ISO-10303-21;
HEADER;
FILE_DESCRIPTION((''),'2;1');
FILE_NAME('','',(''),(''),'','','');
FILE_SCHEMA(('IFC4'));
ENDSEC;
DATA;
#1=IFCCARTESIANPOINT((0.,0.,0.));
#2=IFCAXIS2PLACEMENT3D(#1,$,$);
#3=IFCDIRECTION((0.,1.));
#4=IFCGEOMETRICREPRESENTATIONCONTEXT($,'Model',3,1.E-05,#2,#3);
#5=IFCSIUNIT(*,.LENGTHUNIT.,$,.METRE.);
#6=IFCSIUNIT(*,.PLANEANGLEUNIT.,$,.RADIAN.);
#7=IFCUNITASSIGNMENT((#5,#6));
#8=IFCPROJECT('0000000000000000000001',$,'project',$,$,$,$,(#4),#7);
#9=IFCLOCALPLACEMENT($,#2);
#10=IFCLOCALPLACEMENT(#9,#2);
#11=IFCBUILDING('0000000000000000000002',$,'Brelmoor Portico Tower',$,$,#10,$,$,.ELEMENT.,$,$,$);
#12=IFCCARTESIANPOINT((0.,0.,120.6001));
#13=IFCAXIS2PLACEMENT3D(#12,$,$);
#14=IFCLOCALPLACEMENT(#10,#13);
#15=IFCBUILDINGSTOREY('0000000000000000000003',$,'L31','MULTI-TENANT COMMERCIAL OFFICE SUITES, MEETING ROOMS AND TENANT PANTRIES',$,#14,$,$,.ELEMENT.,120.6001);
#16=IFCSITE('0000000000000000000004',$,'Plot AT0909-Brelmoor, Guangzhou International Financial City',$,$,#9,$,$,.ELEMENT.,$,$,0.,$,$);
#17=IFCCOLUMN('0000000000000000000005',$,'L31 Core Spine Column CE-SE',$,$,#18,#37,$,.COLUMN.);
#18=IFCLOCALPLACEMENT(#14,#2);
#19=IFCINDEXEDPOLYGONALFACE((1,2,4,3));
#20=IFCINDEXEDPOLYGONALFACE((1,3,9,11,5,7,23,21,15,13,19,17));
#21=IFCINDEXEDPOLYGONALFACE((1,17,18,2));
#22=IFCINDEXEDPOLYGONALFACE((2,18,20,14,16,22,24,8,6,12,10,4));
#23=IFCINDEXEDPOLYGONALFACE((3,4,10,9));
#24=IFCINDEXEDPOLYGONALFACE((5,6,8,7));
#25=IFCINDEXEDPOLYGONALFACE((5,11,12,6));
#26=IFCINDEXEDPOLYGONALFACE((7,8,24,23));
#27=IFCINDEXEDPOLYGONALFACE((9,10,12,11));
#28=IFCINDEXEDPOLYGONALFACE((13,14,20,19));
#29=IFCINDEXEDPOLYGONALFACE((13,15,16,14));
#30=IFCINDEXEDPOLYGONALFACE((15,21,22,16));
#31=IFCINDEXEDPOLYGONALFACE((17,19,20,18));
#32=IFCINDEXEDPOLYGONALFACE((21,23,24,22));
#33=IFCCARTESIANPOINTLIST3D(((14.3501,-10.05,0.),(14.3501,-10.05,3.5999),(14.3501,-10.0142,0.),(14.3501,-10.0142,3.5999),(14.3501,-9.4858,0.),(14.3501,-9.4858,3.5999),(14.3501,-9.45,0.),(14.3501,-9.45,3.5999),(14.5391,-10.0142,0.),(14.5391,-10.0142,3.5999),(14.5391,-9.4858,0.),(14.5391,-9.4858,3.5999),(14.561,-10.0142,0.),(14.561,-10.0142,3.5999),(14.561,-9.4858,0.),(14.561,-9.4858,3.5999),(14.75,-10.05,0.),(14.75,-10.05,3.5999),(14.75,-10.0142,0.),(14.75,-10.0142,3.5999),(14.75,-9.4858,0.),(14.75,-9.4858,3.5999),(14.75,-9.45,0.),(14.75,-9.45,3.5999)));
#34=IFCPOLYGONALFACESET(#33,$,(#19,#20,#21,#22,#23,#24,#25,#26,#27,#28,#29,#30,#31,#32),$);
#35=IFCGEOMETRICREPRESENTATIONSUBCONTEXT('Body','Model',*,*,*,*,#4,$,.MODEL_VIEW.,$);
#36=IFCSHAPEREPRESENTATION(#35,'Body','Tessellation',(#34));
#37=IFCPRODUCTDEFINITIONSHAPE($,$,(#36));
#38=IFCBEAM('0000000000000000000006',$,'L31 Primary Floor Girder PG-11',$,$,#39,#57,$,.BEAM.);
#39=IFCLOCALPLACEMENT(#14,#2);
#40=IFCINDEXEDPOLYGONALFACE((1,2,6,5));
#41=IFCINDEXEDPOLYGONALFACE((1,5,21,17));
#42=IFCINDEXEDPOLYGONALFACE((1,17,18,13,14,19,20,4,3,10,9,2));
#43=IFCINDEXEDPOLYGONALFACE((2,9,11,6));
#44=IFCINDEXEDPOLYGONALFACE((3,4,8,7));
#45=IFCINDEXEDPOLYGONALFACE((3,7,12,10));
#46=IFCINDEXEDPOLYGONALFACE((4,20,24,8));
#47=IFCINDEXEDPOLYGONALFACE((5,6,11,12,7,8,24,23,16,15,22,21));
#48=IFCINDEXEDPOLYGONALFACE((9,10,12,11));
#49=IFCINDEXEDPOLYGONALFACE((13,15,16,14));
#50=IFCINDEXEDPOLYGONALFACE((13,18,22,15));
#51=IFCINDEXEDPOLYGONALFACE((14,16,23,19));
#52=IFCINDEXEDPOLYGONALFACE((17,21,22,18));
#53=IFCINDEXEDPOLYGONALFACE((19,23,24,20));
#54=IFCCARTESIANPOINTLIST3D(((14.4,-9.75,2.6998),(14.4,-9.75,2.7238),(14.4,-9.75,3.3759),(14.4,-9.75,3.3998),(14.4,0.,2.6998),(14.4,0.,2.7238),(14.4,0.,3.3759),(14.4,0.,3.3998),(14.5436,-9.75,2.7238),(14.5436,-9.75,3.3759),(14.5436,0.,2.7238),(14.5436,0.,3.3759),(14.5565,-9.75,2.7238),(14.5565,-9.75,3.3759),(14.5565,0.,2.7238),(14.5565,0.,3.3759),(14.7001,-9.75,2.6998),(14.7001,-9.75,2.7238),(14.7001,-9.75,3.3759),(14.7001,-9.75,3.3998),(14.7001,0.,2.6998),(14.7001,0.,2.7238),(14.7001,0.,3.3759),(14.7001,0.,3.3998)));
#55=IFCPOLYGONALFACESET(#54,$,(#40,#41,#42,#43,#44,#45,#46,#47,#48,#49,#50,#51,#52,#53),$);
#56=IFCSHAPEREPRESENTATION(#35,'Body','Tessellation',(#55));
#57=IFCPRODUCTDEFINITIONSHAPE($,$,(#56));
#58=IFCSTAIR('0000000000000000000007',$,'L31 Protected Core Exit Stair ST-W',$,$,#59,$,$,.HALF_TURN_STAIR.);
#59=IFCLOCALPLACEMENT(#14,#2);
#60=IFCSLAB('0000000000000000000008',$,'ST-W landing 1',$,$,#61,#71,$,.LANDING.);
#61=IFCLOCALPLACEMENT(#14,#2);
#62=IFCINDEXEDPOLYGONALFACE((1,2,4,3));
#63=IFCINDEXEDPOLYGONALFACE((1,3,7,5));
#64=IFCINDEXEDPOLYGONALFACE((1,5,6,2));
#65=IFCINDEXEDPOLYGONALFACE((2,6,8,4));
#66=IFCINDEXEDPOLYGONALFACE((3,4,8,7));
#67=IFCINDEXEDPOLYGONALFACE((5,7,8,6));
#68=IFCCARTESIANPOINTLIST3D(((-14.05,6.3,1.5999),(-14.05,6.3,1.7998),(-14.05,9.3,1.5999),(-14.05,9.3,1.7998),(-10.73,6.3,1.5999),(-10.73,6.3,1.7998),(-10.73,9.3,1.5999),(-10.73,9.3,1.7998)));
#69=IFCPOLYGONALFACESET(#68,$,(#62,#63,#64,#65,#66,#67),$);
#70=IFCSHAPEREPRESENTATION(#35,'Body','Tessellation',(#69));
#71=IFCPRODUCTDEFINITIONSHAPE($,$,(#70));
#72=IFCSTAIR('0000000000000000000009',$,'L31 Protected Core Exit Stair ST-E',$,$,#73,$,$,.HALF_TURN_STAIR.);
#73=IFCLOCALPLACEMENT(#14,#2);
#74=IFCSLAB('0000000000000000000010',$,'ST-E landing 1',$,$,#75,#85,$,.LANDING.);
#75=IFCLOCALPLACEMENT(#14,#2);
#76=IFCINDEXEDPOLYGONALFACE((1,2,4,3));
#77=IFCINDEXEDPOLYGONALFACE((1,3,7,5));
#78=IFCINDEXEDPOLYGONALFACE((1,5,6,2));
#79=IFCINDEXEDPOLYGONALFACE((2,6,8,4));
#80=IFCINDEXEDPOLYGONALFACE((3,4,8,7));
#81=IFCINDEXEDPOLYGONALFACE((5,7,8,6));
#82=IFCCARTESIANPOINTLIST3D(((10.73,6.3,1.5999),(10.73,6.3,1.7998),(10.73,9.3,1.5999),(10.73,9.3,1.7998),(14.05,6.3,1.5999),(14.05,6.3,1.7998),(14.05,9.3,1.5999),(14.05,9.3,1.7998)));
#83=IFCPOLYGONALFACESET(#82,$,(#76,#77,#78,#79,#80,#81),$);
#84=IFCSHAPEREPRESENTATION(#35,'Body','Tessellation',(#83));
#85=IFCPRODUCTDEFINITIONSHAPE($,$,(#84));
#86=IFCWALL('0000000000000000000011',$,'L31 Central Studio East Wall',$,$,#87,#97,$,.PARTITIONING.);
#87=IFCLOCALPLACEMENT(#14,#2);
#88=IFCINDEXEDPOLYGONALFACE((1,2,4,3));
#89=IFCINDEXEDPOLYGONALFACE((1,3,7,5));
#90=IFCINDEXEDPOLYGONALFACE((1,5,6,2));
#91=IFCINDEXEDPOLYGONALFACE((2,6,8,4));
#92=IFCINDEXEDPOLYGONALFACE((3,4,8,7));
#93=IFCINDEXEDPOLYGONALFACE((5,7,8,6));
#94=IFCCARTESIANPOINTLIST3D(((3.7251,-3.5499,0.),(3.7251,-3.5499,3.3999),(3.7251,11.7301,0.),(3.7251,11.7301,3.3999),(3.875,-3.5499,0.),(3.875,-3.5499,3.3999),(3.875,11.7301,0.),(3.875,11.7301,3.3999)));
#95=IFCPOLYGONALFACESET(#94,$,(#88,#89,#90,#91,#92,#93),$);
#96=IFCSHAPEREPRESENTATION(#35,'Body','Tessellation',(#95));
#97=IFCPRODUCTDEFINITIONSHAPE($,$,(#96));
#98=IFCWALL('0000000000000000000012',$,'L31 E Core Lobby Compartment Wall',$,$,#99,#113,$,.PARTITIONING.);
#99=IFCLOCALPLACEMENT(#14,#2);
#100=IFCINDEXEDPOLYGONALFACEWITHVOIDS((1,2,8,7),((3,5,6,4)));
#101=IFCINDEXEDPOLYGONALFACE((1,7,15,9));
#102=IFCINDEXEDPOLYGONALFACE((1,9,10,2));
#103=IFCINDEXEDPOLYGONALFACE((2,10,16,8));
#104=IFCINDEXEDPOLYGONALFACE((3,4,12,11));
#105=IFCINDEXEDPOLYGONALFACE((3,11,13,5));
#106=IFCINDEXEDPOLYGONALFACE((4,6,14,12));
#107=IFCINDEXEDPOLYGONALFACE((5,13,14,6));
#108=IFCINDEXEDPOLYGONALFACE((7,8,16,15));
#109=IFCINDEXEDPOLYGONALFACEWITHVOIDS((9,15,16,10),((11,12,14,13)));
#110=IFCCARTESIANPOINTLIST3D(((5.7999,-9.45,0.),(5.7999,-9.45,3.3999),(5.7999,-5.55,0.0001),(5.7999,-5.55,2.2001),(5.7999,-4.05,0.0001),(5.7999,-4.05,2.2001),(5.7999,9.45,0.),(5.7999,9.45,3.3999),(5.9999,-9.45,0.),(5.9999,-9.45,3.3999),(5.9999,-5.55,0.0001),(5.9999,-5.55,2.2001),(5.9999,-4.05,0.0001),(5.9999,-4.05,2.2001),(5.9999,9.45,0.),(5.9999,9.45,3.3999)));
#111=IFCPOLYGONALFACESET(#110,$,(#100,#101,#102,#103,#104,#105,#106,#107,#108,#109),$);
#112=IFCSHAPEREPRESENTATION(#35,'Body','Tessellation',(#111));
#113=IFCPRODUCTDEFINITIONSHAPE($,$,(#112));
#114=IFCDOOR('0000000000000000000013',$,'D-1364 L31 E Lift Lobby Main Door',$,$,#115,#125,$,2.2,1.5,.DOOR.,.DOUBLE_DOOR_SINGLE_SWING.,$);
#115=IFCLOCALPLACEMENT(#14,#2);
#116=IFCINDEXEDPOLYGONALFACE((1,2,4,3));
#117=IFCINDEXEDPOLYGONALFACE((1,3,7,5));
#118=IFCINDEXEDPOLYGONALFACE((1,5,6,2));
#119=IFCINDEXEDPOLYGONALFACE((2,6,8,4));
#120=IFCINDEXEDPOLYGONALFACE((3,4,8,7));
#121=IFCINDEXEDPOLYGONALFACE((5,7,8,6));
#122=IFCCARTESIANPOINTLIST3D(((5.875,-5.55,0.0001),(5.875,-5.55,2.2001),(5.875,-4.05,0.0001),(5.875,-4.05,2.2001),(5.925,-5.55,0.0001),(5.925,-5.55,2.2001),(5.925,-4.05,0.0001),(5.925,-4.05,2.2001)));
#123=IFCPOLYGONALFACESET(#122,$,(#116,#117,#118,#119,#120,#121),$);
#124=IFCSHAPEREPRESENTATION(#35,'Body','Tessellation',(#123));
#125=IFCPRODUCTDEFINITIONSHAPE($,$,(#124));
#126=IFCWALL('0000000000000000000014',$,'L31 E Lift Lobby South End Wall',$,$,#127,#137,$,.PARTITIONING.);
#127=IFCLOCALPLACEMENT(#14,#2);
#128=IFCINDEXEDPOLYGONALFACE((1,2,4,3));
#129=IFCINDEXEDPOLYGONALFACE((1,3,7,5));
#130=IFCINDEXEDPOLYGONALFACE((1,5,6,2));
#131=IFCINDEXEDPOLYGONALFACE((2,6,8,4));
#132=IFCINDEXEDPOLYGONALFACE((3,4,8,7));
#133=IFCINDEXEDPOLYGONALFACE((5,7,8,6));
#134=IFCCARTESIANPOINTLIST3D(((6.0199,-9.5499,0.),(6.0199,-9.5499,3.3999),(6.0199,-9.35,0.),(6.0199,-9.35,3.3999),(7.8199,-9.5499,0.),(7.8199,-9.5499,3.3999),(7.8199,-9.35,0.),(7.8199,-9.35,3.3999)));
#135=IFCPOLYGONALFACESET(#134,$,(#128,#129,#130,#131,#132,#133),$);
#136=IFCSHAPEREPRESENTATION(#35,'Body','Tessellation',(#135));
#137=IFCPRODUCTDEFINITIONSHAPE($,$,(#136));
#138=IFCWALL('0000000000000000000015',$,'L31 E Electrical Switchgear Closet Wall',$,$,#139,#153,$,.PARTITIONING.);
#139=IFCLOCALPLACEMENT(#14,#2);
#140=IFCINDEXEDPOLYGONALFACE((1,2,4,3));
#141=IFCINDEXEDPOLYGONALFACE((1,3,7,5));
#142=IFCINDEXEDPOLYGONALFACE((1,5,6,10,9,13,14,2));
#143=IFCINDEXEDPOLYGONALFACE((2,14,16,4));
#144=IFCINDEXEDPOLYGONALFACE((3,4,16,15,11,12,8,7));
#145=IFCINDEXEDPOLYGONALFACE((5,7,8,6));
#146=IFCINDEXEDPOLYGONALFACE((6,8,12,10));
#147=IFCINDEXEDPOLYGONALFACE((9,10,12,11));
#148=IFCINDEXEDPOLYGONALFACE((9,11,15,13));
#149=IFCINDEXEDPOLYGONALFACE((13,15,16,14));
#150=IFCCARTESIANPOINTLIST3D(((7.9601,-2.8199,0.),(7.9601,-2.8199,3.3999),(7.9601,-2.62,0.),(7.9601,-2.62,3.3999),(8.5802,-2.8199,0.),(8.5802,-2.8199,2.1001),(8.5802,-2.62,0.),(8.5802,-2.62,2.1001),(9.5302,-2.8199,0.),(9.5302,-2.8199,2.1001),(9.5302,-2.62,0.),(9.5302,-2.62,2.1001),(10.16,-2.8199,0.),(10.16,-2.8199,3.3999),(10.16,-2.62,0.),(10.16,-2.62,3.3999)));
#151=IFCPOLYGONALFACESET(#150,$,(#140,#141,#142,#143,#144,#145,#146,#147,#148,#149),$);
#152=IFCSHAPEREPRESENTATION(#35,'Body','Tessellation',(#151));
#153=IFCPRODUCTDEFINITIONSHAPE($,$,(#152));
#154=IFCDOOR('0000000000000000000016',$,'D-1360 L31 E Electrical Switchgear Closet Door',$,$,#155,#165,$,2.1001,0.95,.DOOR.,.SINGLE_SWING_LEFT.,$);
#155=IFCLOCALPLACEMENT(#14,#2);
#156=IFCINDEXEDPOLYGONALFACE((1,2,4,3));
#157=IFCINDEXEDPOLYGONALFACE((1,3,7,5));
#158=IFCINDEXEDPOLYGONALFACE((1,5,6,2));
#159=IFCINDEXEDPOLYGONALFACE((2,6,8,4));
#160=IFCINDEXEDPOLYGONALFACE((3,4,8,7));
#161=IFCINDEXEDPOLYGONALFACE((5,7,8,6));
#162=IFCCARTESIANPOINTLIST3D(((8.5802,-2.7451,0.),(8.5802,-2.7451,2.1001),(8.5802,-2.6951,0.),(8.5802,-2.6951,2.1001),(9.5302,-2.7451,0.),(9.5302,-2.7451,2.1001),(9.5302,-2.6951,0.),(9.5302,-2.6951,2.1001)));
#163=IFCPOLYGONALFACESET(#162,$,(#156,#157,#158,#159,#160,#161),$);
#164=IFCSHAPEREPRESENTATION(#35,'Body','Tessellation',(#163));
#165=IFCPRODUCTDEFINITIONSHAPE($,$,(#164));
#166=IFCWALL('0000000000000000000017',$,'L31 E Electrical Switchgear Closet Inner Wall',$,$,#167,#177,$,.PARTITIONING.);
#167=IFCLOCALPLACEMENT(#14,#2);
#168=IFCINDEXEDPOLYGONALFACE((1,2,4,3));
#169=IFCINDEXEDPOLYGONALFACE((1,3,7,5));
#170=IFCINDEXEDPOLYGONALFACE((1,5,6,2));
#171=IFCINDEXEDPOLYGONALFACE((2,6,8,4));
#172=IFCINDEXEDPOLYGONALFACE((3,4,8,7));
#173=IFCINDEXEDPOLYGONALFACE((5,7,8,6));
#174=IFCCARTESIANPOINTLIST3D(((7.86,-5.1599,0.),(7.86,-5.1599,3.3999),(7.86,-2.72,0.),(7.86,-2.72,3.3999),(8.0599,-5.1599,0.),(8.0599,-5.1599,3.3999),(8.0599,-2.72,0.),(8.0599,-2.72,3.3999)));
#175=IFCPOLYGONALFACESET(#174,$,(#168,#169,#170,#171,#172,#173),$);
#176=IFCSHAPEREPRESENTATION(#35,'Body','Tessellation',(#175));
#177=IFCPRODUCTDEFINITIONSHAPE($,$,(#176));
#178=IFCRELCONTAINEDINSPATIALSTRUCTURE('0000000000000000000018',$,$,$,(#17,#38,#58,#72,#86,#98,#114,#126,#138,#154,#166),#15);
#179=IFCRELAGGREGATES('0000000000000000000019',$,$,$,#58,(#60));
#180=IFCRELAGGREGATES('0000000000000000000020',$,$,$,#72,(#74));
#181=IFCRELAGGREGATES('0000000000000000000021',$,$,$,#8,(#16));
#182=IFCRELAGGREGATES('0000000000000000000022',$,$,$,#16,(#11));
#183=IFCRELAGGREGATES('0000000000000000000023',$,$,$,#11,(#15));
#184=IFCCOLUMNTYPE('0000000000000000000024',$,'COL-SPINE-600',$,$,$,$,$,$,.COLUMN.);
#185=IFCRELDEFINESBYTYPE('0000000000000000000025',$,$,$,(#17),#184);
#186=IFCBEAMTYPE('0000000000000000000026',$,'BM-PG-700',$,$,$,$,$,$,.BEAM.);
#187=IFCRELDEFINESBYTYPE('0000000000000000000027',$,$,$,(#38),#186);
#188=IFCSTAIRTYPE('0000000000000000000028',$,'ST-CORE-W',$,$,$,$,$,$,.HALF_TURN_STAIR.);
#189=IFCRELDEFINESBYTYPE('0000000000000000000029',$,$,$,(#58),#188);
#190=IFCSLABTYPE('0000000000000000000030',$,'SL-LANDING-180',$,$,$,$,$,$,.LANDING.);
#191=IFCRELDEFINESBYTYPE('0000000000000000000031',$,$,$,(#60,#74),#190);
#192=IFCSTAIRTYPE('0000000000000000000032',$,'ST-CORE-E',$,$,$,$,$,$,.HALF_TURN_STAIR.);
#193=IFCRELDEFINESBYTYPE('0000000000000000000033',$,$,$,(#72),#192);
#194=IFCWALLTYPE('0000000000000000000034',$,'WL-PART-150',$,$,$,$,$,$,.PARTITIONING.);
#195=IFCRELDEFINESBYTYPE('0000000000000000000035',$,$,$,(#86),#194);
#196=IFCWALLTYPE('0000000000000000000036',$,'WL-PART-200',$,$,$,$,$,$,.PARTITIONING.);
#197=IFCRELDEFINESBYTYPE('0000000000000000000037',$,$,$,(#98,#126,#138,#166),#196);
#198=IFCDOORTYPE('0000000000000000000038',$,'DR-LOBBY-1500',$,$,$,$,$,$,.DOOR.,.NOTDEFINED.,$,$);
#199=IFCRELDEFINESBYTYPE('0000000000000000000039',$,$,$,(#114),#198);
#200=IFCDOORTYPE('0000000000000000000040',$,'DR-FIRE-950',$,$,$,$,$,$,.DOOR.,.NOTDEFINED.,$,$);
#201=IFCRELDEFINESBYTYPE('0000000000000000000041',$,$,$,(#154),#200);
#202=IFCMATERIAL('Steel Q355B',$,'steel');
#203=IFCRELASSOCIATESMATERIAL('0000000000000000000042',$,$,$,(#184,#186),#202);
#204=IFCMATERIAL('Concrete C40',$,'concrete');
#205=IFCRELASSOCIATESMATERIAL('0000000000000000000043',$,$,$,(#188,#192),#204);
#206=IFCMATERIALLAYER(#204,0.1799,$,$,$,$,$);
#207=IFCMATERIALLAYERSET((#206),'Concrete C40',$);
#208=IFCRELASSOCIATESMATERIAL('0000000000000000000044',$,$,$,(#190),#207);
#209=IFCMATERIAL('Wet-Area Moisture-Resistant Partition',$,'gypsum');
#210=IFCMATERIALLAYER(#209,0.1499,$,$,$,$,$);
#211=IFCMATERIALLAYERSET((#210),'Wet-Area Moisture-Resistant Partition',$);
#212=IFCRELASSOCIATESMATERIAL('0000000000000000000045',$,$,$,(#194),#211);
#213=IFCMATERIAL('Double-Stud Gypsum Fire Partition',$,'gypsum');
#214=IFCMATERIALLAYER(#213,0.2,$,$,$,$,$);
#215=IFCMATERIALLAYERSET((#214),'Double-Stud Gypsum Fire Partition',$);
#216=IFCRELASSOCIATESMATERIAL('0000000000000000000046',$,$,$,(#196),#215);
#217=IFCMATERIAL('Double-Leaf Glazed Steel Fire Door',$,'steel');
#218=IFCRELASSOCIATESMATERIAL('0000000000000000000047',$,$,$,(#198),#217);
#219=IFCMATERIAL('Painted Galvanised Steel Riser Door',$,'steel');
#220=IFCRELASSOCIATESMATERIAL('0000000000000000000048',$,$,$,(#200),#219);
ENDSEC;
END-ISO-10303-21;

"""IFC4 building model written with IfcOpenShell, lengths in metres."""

from ifc_helpers import new_model, si_unit, direction, frame, frame_2d, origin, origin_2d, place, context, subcontext, project, spatial, polyline, rectangle, i_section, outline, extrude, material, layer, layer_set, material_profile, profile_set, type_object, element, fill, aggregate, save


model = new_model("IFC4")

# Units and contexts
model_context = context("Model", 3, precision=1e-05, world=origin(), true_north=direction((0.0, 1.0)))
body_context = subcontext(model_context, "Body", "Model", "MODEL_VIEW")
ifc_project = project(units=[si_unit("LENGTHUNIT", "METRE"), si_unit("PLANEANGLEUNIT", "RADIAN")], contexts=[model_context])

# Site, building, storey
site_placement = place(None, origin())
site = spatial("IfcSite", under=ifc_project, at=site_placement, Name="Plot AT0909-Brelmoor, Guangzhou International Financial City", CompositionType="ELEMENT", RefElevation=0.0)
building_placement = place(site_placement, origin())
building = spatial("IfcBuilding", under=site, at=building_placement, Name="Brelmoor Portico Tower", CompositionType="ELEMENT")
storey_placement = place(building_placement, frame((0.0, 0.0, 120.6001)))
storey = spatial("IfcBuildingStorey", under=building, at=storey_placement, Name="L31", Description="MULTI-TENANT COMMERCIAL OFFICE SUITES, MEETING ROOMS AND TENANT PANTRIES", CompositionType="ELEMENT", Elevation=120.6001)

# Column
ifc_material_1 = material(Name="Steel Q355B", Category="steel")
ifc_material_profile_1 = material_profile(ifc_material_1, i_section(OverallWidth=0.3999, OverallDepth=0.6001, WebThickness=0.022, FlangeThickness=0.0359, at=origin_2d()), Name="HW 600x400x22x36")
ifc_profile_set_1 = profile_set([ifc_material_profile_1], Name="Steel Q355B")
column_type = type_object("IfcColumnType", Name="COL-SPINE-600", PredefinedType="COLUMN", material=ifc_profile_set_1)
column_placement = place(storey_placement, frame((14.55, -9.75, 0.0), z_axis=(0.0, 0.0, 1.0), x_axis=(1.0, 0.0, 0.0)))
element("IfcColumn", 1, at=column_placement, inside=storey, type_object=column_type, Name="L31 Core Spine Column CE-SE", PredefinedType="COLUMN", context=body_context, shape_type="SweptSolid", body=[
    extrude(i_section(OverallWidth=0.3999, OverallDepth=0.6001, WebThickness=0.022, FlangeThickness=0.0359, at=origin_2d()), origin(), (0.0, 0.0, 1.0), 3.5999),
])

# Beam
ifc_material_profile_2 = material_profile(ifc_material_1, i_section(OverallWidth=0.3, OverallDepth=0.7, WebThickness=0.0129, FlangeThickness=0.0239, at=origin_2d()), Name="HN 700x300x13x24")
ifc_profile_set_2 = profile_set([ifc_material_profile_2], Name="Steel Q355B")
beam_type = type_object("IfcBeamType", Name="BM-PG-700", PredefinedType="BEAM", material=ifc_profile_set_2)
beam_placement = place(storey_placement, frame((14.55, -9.75, 3.0498), z_axis=(0.0, 1.0, 0.0), x_axis=(-1.0, 0.0, 0.0)))
element("IfcBeam", 2, at=beam_placement, inside=storey, type_object=beam_type, Name="L31 Primary Floor Girder PG-11", PredefinedType="BEAM", context=body_context, shape_type="SweptSolid", body=[
    extrude(i_section(OverallWidth=0.3, OverallDepth=0.7, WebThickness=0.0129, FlangeThickness=0.0239, at=origin_2d()), origin(), (0.0, 0.0, 1.0), 9.75),
])

# Stairs, slabs
ifc_material_2 = material(Name="Concrete C40", Category="concrete")
stair_type_1 = type_object("IfcStairType", Name="ST-CORE-W", PredefinedType="HALF_TURN_STAIR", material=ifc_material_2)
stair_1_placement = place(storey_placement, origin())
stair_1 = element("IfcStair", 3, at=stair_1_placement, inside=storey, type_object=stair_type_1, Name="L31 Protected Core Exit Stair ST-W", PredefinedType="HALF_TURN_STAIR")
ifc_layer_1 = layer(ifc_material_2, 0.1799)
ifc_layer_set_1 = layer_set([ifc_layer_1], Name="Concrete C40")
slab_type = type_object("IfcSlabType", Name="SL-LANDING-180", PredefinedType="LANDING", material=ifc_layer_set_1)
slab_1_placement = place(storey_placement, frame((0.0, 0.0, 1.5999)))
slab_1 = element("IfcSlab", 4, at=slab_1_placement, type_object=slab_type, Name="ST-W landing 1", PredefinedType="LANDING", context=body_context, shape_type="SweptSolid", body=[
    extrude(outline(polyline([(-10.73, 6.3), (-10.73, 9.3), (-14.05, 9.3), (-14.05, 6.3), (-10.73, 6.3)])), origin(), (0.0, 0.0, 1.0), 0.2),
])
aggregate(stair_1, [slab_1])
stair_type_2 = type_object("IfcStairType", Name="ST-CORE-E", PredefinedType="HALF_TURN_STAIR", material=ifc_material_2)
stair_2_placement = place(storey_placement, origin())
stair_2 = element("IfcStair", 5, at=stair_2_placement, inside=storey, type_object=stair_type_2, Name="L31 Protected Core Exit Stair ST-E", PredefinedType="HALF_TURN_STAIR")
slab_2_placement = place(storey_placement, frame((0.0, 0.0, 1.5999)))
slab_2 = element("IfcSlab", 6, at=slab_2_placement, type_object=slab_type, Name="ST-E landing 1", PredefinedType="LANDING", context=body_context, shape_type="SweptSolid", body=[
    extrude(outline(polyline([(14.05, 6.3), (14.05, 9.3), (10.73, 9.3), (10.73, 6.3), (14.05, 6.3)])), origin(), (0.0, 0.0, 1.0), 0.2),
])
aggregate(stair_2, [slab_2])

# Wall
ifc_material_3 = material(Name="Wet-Area Moisture-Resistant Partition", Category="gypsum")
ifc_layer_2 = layer(ifc_material_3, 0.1499)
ifc_layer_set_2 = layer_set([ifc_layer_2], Name="Wet-Area Moisture-Resistant Partition")
wall_type_1 = type_object("IfcWallType", Name="WL-PART-150", PredefinedType="PARTITIONING", material=ifc_layer_set_2)
wall_1_placement = place(storey_placement, frame((3.8, -3.55, 0.0), z_axis=(0.0, 0.0, 1.0), x_axis=(0.0, 1.0, 0.0)))
element("IfcWall", 7, at=wall_1_placement, inside=storey, type_object=wall_type_1, Name="L31 Central Studio East Wall", PredefinedType="PARTITIONING", context=body_context, shape_type="SweptSolid", body=[
    extrude(rectangle(XDim=15.28, YDim=0.1499, at=frame_2d((7.6401, 0.0))), origin(), (0.0, 0.0, 1.0), 3.3999),
])

# Wall, opening, door
ifc_material_4 = material(Name="Double-Stud Gypsum Fire Partition", Category="gypsum")
ifc_layer_3 = layer(ifc_material_4, 0.2)
ifc_layer_set_3 = layer_set([ifc_layer_3], Name="Double-Stud Gypsum Fire Partition")
wall_type_2 = type_object("IfcWallType", Name="WL-PART-200", PredefinedType="PARTITIONING", material=ifc_layer_set_3)
wall_2_placement = place(storey_placement, frame((5.8999, -9.45, 0.0), z_axis=(0.0, 0.0, 1.0), x_axis=(0.0, 1.0, 0.0)))
wall_2 = element("IfcWall", 8, at=wall_2_placement, inside=storey, type_object=wall_type_2, Name="L31 E Core Lobby Compartment Wall", PredefinedType="PARTITIONING", context=body_context, shape_type="SweptSolid", body=[
    extrude(rectangle(XDim=18.8999, YDim=0.2, at=frame_2d((9.45, 0.0))), origin(), (0.0, 0.0, 1.0), 3.3999),
])
opening_1_placement = place(wall_2_placement, frame((3.8999, 0.0, 0.0)))
opening_1 = element("IfcOpeningElement", 9, at=opening_1_placement, cuts=wall_2, PredefinedType="OPENING", context=body_context, shape_type="SweptSolid", body=[
    extrude(rectangle(XDim=1.5, YDim=2.2, at=frame_2d((0.75, 1.1001))), frame((0.0, 0.1099, 0.0), z_axis=(0.0, -1.0, 0.0), x_axis=(1.0, 0.0, 0.0)), (0.0, 0.0, 1.0), 0.22),
])
ifc_material_5 = material(Name="Double-Leaf Glazed Steel Fire Door", Category="steel")
door_type_1 = type_object("IfcDoorType", Name="DR-LOBBY-1500", OperationType="NOTDEFINED", PredefinedType="DOOR", material=ifc_material_5)
door_1_placement = place(opening_1_placement, origin())
door_1 = element("IfcDoor", 10, at=door_1_placement, inside=storey, type_object=door_type_1, Name="D-1364 L31 E Lift Lobby Main Door", OperationType="DOUBLE_DOOR_SINGLE_SWING", OverallHeight=2.2, OverallWidth=1.5, PredefinedType="DOOR", context=body_context, shape_type="SweptSolid", body=[
    extrude(rectangle(XDim=1.5, YDim=2.2, at=frame_2d((0.75, 1.1001))), frame((0.0, 0.0249, 0.0), z_axis=(0.0, -1.0, 0.0), x_axis=(1.0, 0.0, 0.0)), (0.0, 0.0, 1.0), 0.05),
])
fill(opening_1, door_1)

# Wall
wall_3_placement = place(storey_placement, frame((6.02, -9.45, 0.0), z_axis=(0.0, 0.0, 1.0), x_axis=(1.0, 0.0, 0.0)))
element("IfcWall", 11, at=wall_3_placement, inside=storey, type_object=wall_type_2, Name="L31 E Lift Lobby South End Wall", PredefinedType="PARTITIONING", context=body_context, shape_type="SweptSolid", body=[
    extrude(rectangle(XDim=1.8, YDim=0.2, at=frame_2d((0.8999, 0.0))), origin(), (0.0, 0.0, 1.0), 3.3999),
])

# Wall, opening, door
wall_4_placement = place(storey_placement, frame((7.96, -2.72, 0.0), z_axis=(0.0, 0.0, 1.0), x_axis=(1.0, 0.0, 0.0)))
wall_4 = element("IfcWall", 12, at=wall_4_placement, inside=storey, type_object=wall_type_2, Name="L31 E Electrical Switchgear Closet Wall", PredefinedType="PARTITIONING", context=body_context, shape_type="SweptSolid", body=[
    extrude(rectangle(XDim=2.2, YDim=0.2, at=frame_2d((1.1001, 0.0))), origin(), (0.0, 0.0, 1.0), 3.3999),
])
opening_2_placement = place(wall_4_placement, frame((0.6201, 0.0, 0.0)))
opening_2 = element("IfcOpeningElement", 13, at=opening_2_placement, cuts=wall_4, PredefinedType="OPENING", context=body_context, shape_type="SweptSolid", body=[
    extrude(rectangle(XDim=0.95, YDim=2.1001, at=frame_2d((0.4751, 1.05))), frame((0.0, 0.1099, 0.0), z_axis=(0.0, -1.0, 0.0), x_axis=(1.0, 0.0, 0.0)), (0.0, 0.0, 1.0), 0.22),
])
ifc_material_6 = material(Name="Painted Galvanised Steel Riser Door", Category="steel")
door_type_2 = type_object("IfcDoorType", Name="DR-FIRE-950", OperationType="NOTDEFINED", PredefinedType="DOOR", material=ifc_material_6)
door_2_placement = place(opening_2_placement, origin())
door_2 = element("IfcDoor", 14, at=door_2_placement, inside=storey, type_object=door_type_2, Name="D-1360 L31 E Electrical Switchgear Closet Door", OperationType="SINGLE_SWING_LEFT", OverallHeight=2.1001, OverallWidth=0.95, PredefinedType="DOOR", context=body_context, shape_type="SweptSolid", body=[
    extrude(rectangle(XDim=0.95, YDim=2.1001, at=frame_2d((0.4751, 1.05))), frame((0.0, 0.0249, 0.0), z_axis=(0.0, -1.0, 0.0), x_axis=(1.0, 0.0, 0.0)), (0.0, 0.0, 1.0), 0.05),
])
fill(opening_2, door_2)

# Wall
for number, where, z_axis, x_axis, name in (
    (15, (7.96, -5.1599, 0.0), (0.0, 0.0, 1.0), (0.0, 1.0, 0.0), "L31 E Electrical Switchgear Closet Inner Wall"),
):
    element("IfcWall", number, at=place(storey_placement, frame(where, z_axis=z_axis, x_axis=x_axis)), inside=storey, type_object=wall_type_2, Name=name, PredefinedType="PARTITIONING", context=body_context, shape_type="SweptSolid", body=[
        extrude(rectangle(XDim=2.4399, YDim=0.2, at=frame_2d((1.22, 0.0))), origin(), (0.0, 0.0, 1.0), 3.3999),
    ])

save(model, "model.ifc")
